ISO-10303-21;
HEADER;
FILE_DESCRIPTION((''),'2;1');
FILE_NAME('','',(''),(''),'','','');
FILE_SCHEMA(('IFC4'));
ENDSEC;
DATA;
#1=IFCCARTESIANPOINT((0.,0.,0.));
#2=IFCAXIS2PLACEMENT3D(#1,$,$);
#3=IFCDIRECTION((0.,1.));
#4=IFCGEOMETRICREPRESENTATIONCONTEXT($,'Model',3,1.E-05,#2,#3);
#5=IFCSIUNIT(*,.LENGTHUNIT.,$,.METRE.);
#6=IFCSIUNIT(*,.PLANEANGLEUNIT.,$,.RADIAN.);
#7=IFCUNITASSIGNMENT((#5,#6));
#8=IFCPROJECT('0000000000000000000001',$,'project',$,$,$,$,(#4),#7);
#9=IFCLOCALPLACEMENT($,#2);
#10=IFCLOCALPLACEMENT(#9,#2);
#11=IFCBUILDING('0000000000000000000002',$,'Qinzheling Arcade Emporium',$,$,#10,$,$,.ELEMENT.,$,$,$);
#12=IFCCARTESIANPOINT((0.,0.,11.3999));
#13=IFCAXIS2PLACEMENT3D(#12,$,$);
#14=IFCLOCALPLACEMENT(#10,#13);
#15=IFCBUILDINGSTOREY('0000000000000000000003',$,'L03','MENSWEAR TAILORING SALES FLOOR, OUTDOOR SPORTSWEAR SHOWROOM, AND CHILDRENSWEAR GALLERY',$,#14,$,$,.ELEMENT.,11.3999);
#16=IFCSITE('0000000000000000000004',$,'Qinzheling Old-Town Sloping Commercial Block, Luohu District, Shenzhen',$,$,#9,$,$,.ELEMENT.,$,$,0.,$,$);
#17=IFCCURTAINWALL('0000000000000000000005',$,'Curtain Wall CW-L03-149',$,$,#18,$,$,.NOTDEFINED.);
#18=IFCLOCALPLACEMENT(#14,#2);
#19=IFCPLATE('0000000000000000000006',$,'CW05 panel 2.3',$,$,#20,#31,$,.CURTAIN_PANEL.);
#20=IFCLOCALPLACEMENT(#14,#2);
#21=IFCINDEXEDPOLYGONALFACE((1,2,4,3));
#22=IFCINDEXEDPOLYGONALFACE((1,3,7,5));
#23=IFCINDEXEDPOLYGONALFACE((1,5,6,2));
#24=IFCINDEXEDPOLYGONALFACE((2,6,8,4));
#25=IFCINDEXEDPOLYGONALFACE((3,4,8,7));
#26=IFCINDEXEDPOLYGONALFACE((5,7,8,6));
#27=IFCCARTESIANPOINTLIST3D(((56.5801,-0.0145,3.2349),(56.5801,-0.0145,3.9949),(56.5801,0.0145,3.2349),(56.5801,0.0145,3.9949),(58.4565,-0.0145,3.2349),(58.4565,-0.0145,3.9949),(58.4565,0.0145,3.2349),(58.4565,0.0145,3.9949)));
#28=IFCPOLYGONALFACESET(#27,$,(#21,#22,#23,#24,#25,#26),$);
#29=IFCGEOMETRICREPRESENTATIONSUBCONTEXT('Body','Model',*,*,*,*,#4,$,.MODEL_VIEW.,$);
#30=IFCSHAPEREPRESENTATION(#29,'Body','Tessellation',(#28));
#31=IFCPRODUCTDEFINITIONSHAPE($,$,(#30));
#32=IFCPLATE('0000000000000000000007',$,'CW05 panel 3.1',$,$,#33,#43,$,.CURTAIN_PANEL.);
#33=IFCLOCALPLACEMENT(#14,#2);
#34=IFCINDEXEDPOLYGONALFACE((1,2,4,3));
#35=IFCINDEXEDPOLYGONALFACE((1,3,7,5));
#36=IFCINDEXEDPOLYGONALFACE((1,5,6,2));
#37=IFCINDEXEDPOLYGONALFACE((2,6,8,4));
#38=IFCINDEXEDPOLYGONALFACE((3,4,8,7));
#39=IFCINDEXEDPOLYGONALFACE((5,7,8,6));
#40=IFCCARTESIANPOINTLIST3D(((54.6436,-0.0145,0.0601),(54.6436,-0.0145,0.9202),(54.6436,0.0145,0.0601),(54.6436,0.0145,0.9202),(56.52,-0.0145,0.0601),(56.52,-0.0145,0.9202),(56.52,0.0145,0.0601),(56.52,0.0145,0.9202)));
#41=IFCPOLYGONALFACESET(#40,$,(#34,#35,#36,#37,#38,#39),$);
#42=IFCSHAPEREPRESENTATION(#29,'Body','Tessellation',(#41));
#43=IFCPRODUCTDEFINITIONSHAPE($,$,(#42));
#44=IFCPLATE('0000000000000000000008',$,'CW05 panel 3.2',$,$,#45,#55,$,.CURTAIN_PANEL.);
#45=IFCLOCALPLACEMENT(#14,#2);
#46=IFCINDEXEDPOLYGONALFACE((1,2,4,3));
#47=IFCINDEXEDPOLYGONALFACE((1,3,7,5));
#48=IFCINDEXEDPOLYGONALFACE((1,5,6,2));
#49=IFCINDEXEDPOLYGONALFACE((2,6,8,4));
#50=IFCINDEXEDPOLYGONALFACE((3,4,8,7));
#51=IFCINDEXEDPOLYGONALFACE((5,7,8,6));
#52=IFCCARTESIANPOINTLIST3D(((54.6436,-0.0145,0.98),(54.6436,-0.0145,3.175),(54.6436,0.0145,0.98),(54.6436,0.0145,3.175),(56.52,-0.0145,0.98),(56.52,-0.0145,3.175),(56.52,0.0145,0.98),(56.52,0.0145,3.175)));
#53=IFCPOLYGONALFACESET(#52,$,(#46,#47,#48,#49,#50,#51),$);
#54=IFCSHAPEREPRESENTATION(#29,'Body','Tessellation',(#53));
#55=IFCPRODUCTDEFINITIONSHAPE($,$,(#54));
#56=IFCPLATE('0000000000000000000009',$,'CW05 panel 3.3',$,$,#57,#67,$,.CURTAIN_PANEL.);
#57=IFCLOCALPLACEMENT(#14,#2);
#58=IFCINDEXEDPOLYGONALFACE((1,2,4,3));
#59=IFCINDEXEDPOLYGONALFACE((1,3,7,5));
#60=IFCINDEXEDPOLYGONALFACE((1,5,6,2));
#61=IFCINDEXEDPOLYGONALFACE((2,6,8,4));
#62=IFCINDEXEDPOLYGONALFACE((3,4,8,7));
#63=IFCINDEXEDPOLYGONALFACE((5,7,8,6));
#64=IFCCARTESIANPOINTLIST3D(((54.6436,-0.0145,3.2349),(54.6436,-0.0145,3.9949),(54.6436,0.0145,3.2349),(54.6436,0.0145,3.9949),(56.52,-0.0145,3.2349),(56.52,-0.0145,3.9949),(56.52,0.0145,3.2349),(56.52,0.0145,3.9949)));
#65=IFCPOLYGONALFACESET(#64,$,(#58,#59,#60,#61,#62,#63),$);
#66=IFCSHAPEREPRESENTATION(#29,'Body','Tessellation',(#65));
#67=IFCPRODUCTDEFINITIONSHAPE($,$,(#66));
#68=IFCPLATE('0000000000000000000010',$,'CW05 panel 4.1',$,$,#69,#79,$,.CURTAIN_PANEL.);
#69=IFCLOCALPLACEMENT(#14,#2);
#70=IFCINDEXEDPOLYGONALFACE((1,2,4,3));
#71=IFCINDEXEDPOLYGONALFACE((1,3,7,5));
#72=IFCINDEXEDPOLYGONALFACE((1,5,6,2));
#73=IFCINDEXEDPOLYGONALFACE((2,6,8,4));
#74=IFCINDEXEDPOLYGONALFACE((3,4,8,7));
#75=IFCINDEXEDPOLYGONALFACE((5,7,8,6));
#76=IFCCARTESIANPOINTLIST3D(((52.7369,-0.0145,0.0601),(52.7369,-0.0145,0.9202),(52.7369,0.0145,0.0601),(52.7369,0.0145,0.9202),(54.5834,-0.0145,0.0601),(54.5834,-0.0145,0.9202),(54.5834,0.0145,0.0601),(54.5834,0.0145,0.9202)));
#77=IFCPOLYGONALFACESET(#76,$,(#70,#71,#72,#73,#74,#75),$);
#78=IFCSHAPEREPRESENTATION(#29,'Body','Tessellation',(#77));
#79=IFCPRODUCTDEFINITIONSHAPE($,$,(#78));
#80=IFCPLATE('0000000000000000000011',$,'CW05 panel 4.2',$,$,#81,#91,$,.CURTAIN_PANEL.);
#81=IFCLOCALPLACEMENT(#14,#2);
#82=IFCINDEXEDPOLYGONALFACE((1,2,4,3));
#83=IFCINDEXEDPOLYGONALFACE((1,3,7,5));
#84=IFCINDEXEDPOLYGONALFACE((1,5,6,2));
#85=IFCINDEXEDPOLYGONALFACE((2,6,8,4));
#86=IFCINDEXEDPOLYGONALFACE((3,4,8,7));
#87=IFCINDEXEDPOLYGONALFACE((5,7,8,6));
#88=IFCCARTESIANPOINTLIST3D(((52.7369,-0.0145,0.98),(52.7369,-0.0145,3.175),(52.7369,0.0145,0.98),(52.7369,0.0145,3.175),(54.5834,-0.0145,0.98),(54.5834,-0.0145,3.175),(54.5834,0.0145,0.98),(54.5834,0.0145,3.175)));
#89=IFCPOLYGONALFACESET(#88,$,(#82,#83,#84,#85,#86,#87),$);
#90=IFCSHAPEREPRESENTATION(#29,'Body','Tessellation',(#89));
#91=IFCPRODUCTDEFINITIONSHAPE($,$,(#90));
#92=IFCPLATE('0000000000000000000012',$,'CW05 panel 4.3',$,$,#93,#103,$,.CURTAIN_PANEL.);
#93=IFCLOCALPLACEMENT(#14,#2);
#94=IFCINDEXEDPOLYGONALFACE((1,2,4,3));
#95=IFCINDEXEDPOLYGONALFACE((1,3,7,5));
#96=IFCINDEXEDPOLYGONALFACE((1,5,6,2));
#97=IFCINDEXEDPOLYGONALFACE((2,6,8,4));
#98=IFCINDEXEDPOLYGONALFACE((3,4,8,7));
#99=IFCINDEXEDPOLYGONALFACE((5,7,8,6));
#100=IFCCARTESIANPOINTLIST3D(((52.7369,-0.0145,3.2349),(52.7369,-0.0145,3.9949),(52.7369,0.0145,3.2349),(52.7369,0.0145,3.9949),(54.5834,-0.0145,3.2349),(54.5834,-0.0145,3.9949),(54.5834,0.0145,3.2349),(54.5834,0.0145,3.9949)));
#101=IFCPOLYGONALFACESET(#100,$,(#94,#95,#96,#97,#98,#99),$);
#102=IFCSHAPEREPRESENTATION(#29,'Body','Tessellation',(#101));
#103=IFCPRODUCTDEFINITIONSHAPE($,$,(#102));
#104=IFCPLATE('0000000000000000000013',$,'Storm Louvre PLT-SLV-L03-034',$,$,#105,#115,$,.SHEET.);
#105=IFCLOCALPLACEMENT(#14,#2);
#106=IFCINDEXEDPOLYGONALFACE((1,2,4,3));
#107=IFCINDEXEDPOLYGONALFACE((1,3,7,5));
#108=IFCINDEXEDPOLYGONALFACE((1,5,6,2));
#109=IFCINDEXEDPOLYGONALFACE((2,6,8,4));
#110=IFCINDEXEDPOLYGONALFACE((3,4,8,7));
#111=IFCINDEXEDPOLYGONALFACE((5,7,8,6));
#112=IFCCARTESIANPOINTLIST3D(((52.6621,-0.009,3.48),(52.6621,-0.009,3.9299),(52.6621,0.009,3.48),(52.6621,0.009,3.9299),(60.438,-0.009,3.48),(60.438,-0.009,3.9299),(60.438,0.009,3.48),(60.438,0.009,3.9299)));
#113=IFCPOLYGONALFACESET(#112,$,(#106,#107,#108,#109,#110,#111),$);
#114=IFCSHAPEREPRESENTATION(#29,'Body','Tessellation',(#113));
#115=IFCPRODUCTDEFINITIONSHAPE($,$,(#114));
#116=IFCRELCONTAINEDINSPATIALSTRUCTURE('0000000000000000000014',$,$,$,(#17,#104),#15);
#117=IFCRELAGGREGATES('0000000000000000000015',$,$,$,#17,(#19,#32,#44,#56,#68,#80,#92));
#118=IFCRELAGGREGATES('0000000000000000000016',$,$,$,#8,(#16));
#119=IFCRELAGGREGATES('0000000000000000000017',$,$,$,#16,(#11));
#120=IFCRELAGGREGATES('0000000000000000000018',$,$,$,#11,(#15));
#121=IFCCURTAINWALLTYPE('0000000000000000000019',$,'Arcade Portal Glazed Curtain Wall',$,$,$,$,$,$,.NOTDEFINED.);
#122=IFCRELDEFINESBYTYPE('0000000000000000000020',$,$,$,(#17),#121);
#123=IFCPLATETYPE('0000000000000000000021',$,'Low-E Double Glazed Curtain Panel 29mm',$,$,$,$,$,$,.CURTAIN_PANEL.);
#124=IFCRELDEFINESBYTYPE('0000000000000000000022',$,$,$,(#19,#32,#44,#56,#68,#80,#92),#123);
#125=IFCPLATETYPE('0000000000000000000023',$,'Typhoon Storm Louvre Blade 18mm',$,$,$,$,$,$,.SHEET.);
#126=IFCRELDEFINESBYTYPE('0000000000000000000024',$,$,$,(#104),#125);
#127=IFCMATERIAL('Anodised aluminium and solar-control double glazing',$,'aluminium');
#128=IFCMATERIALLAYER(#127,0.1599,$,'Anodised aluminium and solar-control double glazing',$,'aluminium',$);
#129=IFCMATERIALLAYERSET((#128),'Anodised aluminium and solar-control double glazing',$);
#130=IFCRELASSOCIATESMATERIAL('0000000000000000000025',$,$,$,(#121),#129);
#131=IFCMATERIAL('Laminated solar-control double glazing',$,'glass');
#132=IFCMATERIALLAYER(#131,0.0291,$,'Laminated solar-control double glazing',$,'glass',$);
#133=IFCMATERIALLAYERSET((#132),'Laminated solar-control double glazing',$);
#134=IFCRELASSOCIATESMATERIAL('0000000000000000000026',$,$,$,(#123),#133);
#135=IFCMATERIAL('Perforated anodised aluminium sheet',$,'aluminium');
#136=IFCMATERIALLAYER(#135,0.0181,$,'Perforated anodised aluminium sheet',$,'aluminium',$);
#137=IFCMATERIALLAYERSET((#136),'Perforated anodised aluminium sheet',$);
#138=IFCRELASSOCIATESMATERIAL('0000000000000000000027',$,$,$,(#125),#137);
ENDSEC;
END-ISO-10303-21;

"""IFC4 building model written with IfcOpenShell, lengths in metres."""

from ifc_helpers import new_model, si_unit, direction, frame, origin, origin_2d, place, context, subcontext, project, spatial, rectangle, extrude, material, layer, layer_set, type_object, element, aggregate, save


model = new_model("IFC4")

# Units and contexts
model_context = context("Model", 3, precision=1e-05, world=origin(), true_north=direction((0.0, 1.0)))
body_context = subcontext(model_context, "Body", "Model", "MODEL_VIEW")
ifc_project = project(units=[si_unit("LENGTHUNIT", "METRE"), si_unit("PLANEANGLEUNIT", "RADIAN")], contexts=[model_context])

# Site, building, storey
site_placement = place(None, origin())
site = spatial("IfcSite", under=ifc_project, at=site_placement, Name="Qinzheling Old-Town Sloping Commercial Block, Luohu District, Shenzhen", CompositionType="ELEMENT", RefElevation=0.0)
building_placement = place(site_placement, origin())
building = spatial("IfcBuilding", under=site, at=building_placement, Name="Qinzheling Arcade Emporium", CompositionType="ELEMENT")
storey_placement = place(building_placement, frame((0.0, 0.0, 11.3999)))
storey = spatial("IfcBuildingStorey", under=building, at=storey_placement, Name="L03", Description="MENSWEAR TAILORING SALES FLOOR, OUTDOOR SPORTSWEAR SHOWROOM, AND CHILDRENSWEAR GALLERY", CompositionType="ELEMENT", Elevation=11.3999)

# Curtain wall
ifc_material_1 = material(Name="Anodised aluminium and solar-control double glazing", Category="aluminium")
ifc_layer_1 = layer(ifc_material_1, 0.1599, Name="Anodised aluminium and solar-control double glazing", Category="aluminium")
ifc_layer_set_1 = layer_set([ifc_layer_1], Name="Anodised aluminium and solar-control double glazing")
curtain_wall_type = type_object("IfcCurtainWallType", Name="Arcade Portal Glazed Curtain Wall", PredefinedType="NOTDEFINED", material=ifc_layer_set_1)
curtain_wall_1_placement = place(storey_placement, origin())
curtain_wall_1 = element("IfcCurtainWall", 1, at=curtain_wall_1_placement, inside=storey, type_object=curtain_wall_type, Name="Curtain Wall CW-L03-149", PredefinedType="NOTDEFINED")

# Plates
ifc_material_2 = material(Name="Laminated solar-control double glazing", Category="glass")
ifc_layer_2 = layer(ifc_material_2, 0.0291, Name="Laminated solar-control double glazing", Category="glass")
ifc_layer_set_2 = layer_set([ifc_layer_2], Name="Laminated solar-control double glazing")
plate_type_1 = type_object("IfcPlateType", Name="Low-E Double Glazed Curtain Panel 29mm", PredefinedType="CURTAIN_PANEL", material=ifc_layer_set_2)
plate_1_placement = place(storey_placement, frame((57.5183, 0.0, 3.2349), z_axis=(0.0, 0.0, 1.0), x_axis=(-1.0, 0.0, 0.0)))
plate_1 = element("IfcPlate", 2, at=plate_1_placement, type_object=plate_type_1, Name="CW05 panel 2.3", PredefinedType="CURTAIN_PANEL", context=body_context, shape_type="SweptSolid", body=[
    extrude(rectangle(XDim=1.8765, YDim=0.0291, at=origin_2d()), origin(), (0.0, 0.0, 1.0), 0.76),
])
plate_2_placement = place(storey_placement, frame((55.5818, 0.0, 0.0601), z_axis=(0.0, 0.0, 1.0), x_axis=(-1.0, 0.0, 0.0)))
plate_2 = element("IfcPlate", 3, at=plate_2_placement, type_object=plate_type_1, Name="CW05 panel 3.1", PredefinedType="CURTAIN_PANEL", context=body_context, shape_type="SweptSolid", body=[
    extrude(rectangle(XDim=1.8765, YDim=0.0291, at=origin_2d()), origin(), (0.0, 0.0, 1.0), 0.8601),
])
plate_3_placement = place(storey_placement, frame((55.5818, 0.0, 0.98), z_axis=(0.0, 0.0, 1.0), x_axis=(-1.0, 0.0, 0.0)))
plate_3 = element("IfcPlate", 4, at=plate_3_placement, type_object=plate_type_1, Name="CW05 panel 3.2", PredefinedType="CURTAIN_PANEL", context=body_context, shape_type="SweptSolid", body=[
    extrude(rectangle(XDim=1.8765, YDim=0.0291, at=origin_2d()), origin(), (0.0, 0.0, 1.0), 2.1951),
])
plate_4_placement = place(storey_placement, frame((55.5818, 0.0, 3.2349), z_axis=(0.0, 0.0, 1.0), x_axis=(-1.0, 0.0, 0.0)))
plate_4 = element("IfcPlate", 5, at=plate_4_placement, type_object=plate_type_1, Name="CW05 panel 3.3", PredefinedType="CURTAIN_PANEL", context=body_context, shape_type="SweptSolid", body=[
    extrude(rectangle(XDim=1.8765, YDim=0.0291, at=origin_2d()), origin(), (0.0, 0.0, 1.0), 0.76),
])
plate_5_placement = place(storey_placement, frame((53.6602, 0.0, 0.0601), z_axis=(0.0, 0.0, 1.0), x_axis=(-1.0, 0.0, 0.0)))
plate_5 = element("IfcPlate", 6, at=plate_5_placement, type_object=plate_type_1, Name="CW05 panel 4.1", PredefinedType="CURTAIN_PANEL", context=body_context, shape_type="SweptSolid", body=[
    extrude(rectangle(XDim=1.8464, YDim=0.0291, at=origin_2d()), origin(), (0.0, 0.0, 1.0), 0.8601),
])
plate_6_placement = place(storey_placement, frame((53.6602, 0.0, 0.98), z_axis=(0.0, 0.0, 1.0), x_axis=(-1.0, 0.0, 0.0)))
plate_6 = element("IfcPlate", 7, at=plate_6_placement, type_object=plate_type_1, Name="CW05 panel 4.2", PredefinedType="CURTAIN_PANEL", context=body_context, shape_type="SweptSolid", body=[
    extrude(rectangle(XDim=1.8464, YDim=0.0291, at=origin_2d()), origin(), (0.0, 0.0, 1.0), 2.1951),
])
plate_7_placement = place(storey_placement, frame((53.6602, 0.0, 3.2349), z_axis=(0.0, 0.0, 1.0), x_axis=(-1.0, 0.0, 0.0)))
plate_7 = element("IfcPlate", 8, at=plate_7_placement, type_object=plate_type_1, Name="CW05 panel 4.3", PredefinedType="CURTAIN_PANEL", context=body_context, shape_type="SweptSolid", body=[
    extrude(rectangle(XDim=1.8464, YDim=0.0291, at=origin_2d()), origin(), (0.0, 0.0, 1.0), 0.76),
])
aggregate(curtain_wall_1, [plate_1, plate_2, plate_3, plate_4, plate_5, plate_6, plate_7])
ifc_material_3 = material(Name="Perforated anodised aluminium sheet", Category="aluminium")
ifc_layer_3 = layer(ifc_material_3, 0.0181, Name="Perforated anodised aluminium sheet", Category="aluminium")
ifc_layer_set_3 = layer_set([ifc_layer_3], Name="Perforated anodised aluminium sheet")
plate_type_2 = type_object("IfcPlateType", Name="Typhoon Storm Louvre Blade 18mm", PredefinedType="SHEET", material=ifc_layer_set_3)
plate_8_placement = place(storey_placement, frame((56.55, 0.0, 3.48), z_axis=(0.0, 0.0, 1.0), x_axis=(-1.0, 0.0, 0.0)))
element("IfcPlate", 9, at=plate_8_placement, inside=storey, type_object=plate_type_2, Name="Storm Louvre PLT-SLV-L03-034", PredefinedType="SHEET", context=body_context, shape_type="SweptSolid", body=[
    extrude(rectangle(XDim=7.7759, YDim=0.0181, at=origin_2d()), origin(), (0.0, 0.0, 1.0), 0.45),
])

save(model, "model.ifc")
